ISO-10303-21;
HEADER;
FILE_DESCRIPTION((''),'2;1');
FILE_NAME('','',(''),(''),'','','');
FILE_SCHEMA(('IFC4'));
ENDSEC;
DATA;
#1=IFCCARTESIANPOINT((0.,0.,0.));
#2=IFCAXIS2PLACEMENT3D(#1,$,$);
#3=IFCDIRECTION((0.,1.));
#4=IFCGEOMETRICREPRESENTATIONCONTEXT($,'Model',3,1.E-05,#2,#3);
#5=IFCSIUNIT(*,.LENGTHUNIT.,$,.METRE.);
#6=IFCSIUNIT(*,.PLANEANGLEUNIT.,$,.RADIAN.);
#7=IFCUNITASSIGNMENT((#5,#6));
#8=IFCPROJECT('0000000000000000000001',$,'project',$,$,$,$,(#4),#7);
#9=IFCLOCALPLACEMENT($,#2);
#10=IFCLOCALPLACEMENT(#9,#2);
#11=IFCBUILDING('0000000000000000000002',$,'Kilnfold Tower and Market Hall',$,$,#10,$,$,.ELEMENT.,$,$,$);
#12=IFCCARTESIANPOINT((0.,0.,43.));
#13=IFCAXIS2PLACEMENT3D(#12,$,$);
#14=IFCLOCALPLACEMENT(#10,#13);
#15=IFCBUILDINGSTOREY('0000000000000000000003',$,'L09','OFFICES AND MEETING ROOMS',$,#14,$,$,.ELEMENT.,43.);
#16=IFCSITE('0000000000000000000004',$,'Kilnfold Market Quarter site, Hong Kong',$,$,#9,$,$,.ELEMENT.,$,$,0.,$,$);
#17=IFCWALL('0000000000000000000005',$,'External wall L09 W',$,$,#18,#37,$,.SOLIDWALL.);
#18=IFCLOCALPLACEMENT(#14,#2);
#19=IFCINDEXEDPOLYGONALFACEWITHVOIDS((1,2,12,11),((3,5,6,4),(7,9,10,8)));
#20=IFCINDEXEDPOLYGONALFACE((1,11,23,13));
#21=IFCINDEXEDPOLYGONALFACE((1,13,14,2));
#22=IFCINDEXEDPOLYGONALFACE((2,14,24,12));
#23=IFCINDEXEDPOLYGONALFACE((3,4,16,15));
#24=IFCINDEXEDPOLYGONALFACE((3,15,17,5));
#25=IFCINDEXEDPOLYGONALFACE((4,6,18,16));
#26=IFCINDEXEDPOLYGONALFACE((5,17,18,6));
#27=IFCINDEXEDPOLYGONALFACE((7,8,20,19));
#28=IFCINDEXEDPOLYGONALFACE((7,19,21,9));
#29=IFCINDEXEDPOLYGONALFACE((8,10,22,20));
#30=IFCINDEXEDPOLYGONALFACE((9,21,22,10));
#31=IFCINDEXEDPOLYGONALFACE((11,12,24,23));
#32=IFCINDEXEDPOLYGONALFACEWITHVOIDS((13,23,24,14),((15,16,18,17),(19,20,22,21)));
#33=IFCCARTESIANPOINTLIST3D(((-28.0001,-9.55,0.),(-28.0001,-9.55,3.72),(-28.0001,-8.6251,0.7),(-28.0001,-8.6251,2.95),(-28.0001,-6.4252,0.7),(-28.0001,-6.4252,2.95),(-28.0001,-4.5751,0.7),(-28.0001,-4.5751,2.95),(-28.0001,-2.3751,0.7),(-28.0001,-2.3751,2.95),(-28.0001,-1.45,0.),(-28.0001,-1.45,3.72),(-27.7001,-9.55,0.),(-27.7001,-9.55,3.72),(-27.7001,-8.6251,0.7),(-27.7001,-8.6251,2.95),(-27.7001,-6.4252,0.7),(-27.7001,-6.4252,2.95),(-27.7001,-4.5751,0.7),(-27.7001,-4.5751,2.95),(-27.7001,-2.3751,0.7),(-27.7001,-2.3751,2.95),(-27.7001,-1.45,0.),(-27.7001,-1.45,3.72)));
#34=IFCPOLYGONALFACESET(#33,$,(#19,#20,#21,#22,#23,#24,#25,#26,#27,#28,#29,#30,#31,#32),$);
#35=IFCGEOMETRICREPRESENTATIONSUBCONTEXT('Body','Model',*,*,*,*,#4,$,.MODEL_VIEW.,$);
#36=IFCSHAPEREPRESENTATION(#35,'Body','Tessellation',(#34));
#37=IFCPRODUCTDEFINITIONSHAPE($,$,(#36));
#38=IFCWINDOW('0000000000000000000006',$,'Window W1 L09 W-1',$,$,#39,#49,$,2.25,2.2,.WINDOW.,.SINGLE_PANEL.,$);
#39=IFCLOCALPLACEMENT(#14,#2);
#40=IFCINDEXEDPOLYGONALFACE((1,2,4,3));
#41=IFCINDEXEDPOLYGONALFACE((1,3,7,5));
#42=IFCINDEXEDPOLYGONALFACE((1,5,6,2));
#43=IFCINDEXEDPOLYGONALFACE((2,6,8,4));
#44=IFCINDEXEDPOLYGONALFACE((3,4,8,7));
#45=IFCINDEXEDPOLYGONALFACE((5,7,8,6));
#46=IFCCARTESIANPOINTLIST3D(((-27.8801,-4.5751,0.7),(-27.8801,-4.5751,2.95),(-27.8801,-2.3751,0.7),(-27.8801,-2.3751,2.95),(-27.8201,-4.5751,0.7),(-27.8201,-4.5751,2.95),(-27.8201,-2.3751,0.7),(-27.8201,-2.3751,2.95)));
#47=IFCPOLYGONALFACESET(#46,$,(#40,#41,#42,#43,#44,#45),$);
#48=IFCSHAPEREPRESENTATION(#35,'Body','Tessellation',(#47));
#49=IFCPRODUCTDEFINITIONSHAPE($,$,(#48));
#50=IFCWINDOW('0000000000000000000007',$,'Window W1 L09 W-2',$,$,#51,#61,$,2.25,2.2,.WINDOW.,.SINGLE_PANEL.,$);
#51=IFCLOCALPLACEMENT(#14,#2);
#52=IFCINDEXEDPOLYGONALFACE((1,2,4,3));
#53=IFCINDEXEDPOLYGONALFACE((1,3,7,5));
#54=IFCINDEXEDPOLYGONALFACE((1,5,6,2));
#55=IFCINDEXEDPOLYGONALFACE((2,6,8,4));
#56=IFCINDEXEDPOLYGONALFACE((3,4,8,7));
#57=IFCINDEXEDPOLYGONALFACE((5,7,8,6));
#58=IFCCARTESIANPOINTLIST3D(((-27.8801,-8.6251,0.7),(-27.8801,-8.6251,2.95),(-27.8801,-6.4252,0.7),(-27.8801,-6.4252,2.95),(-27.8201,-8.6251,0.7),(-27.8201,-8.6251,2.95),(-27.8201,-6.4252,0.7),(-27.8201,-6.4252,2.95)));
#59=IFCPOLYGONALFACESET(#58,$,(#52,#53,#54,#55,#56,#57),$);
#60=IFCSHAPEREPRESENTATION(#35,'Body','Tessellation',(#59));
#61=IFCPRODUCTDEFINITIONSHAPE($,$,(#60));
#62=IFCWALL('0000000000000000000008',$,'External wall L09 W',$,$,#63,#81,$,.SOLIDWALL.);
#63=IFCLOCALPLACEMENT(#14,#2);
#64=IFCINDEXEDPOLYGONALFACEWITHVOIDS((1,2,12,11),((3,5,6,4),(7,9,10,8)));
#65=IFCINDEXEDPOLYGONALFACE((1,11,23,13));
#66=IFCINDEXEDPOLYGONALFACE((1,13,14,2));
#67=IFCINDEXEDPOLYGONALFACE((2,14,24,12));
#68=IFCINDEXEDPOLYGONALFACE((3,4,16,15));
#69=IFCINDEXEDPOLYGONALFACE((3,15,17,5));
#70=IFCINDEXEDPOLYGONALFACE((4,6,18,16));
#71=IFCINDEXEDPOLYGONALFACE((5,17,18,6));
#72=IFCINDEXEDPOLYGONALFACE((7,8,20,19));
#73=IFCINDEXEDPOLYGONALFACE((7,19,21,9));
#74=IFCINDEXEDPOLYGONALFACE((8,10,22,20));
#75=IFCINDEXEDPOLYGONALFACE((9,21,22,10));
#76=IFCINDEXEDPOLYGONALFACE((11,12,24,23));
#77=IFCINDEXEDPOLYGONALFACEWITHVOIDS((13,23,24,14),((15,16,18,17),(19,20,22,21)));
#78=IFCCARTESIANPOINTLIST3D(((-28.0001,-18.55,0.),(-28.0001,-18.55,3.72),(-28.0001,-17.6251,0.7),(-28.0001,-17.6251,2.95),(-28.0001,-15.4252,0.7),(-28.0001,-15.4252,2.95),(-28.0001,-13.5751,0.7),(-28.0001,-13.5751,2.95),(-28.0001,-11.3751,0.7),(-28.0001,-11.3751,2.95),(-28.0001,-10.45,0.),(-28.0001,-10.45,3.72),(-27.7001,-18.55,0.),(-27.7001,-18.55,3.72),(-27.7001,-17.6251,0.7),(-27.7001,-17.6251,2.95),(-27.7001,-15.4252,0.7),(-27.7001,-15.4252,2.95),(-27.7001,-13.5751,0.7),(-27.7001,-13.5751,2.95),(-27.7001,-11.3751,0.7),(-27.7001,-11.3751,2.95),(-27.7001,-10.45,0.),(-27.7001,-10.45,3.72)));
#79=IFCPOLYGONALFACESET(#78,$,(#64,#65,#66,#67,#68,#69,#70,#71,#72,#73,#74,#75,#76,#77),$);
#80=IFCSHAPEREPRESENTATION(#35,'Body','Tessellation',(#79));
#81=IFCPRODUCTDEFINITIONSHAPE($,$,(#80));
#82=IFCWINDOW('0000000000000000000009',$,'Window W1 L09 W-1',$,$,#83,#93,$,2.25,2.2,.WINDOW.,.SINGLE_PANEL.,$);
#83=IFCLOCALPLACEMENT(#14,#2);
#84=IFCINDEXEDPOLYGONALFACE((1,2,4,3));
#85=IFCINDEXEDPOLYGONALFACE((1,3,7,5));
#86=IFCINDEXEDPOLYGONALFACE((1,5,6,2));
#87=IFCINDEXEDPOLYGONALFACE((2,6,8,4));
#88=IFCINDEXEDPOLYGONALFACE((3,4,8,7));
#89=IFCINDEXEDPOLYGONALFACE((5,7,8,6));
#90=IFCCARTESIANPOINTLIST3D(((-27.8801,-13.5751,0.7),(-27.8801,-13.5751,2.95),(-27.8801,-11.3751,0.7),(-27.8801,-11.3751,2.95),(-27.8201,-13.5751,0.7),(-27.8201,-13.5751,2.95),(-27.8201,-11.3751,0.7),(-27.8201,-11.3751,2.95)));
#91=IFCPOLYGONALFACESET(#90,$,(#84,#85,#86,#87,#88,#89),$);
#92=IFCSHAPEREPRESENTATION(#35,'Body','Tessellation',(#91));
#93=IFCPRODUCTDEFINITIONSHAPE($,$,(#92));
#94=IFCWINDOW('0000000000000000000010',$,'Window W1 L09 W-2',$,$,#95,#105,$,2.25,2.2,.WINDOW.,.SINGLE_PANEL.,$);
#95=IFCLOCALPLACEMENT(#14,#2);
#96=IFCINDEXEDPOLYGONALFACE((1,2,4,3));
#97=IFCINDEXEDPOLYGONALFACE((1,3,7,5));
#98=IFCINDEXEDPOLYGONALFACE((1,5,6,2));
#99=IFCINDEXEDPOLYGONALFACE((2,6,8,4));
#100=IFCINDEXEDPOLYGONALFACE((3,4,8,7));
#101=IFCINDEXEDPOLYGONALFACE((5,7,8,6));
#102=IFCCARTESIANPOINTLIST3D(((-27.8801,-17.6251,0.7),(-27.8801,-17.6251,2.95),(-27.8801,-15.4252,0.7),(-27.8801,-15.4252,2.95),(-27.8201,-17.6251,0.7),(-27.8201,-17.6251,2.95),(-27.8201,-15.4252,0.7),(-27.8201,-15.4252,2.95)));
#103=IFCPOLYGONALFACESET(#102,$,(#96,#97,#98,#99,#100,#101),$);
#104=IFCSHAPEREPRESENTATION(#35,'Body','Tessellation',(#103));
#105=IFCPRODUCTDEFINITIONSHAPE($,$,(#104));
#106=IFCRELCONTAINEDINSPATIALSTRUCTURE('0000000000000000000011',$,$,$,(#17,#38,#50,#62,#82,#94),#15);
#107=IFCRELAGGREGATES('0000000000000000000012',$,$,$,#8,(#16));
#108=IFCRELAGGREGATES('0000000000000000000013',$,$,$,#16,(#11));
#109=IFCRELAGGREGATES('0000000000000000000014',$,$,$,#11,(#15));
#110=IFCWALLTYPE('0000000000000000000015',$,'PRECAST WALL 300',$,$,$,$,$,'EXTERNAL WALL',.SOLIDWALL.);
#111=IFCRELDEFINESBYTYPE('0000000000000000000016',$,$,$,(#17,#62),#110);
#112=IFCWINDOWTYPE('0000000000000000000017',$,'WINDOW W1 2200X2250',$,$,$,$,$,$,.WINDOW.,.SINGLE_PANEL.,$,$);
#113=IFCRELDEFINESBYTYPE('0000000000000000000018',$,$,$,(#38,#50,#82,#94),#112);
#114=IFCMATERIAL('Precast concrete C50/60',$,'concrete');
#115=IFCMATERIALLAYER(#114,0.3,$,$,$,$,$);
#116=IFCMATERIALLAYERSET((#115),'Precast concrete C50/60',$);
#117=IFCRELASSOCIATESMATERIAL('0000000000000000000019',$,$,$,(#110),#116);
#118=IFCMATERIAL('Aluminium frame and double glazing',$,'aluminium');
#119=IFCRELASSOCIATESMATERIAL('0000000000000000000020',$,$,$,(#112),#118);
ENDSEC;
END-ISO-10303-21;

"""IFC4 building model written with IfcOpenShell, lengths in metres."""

from ifc_helpers import new_model, si_unit, direction, frame, frame_2d, origin, place, context, subcontext, project, spatial, rectangle, extrude, source, transform, mapped, material, layer, layer_set, type_object, element, fill, save


model = new_model("IFC4")

# Units and contexts
model_context = context("Model", 3, precision=1e-05, world=origin(), true_north=direction((0.0, 1.0)))
body_context = subcontext(model_context, "Body", "Model", "MODEL_VIEW")
ifc_project = project(units=[si_unit("LENGTHUNIT", "METRE"), si_unit("PLANEANGLEUNIT", "RADIAN")], contexts=[model_context])

# Site, building, storey
site_placement = place(None, origin())
site = spatial("IfcSite", under=ifc_project, at=site_placement, Name="Kilnfold Market Quarter site, Hong Kong", CompositionType="ELEMENT", RefElevation=0.0)
building_placement = place(site_placement, origin())
building = spatial("IfcBuilding", under=site, at=building_placement, Name="Kilnfold Tower and Market Hall", CompositionType="ELEMENT")
storey_placement = place(building_placement, frame((0.0, 0.0, 43.0)))
storey = spatial("IfcBuildingStorey", under=building, at=storey_placement, Name="L09", Description="OFFICES AND MEETING ROOMS", CompositionType="ELEMENT", Elevation=43.0)

# Walls, openings, windows
ifc_material_1 = material(Name="Precast concrete C50/60", Category="concrete")
ifc_layer_1 = layer(ifc_material_1, 0.3)
ifc_layer_set_1 = layer_set([ifc_layer_1], Name="Precast concrete C50/60")
wall_type_1 = type_object("IfcWallType", Name="PRECAST WALL 300", ElementType="EXTERNAL WALL", PredefinedType="SOLIDWALL", material=ifc_layer_set_1)
shared_shape_1 = source(origin(), body_context, "Body", "SweptSolid", [
    extrude(rectangle(XDim=8.1001, YDim=0.3, at=frame_2d((4.05, 0.0))), origin(), (0.0, 0.0, 1.0), 3.72),
])
wall_1_placement = place(storey_placement, frame((-27.8501, -1.45, 0.0), z_axis=(0.0, 0.0, 1.0), x_axis=(0.0, -1.0, 0.0)))
wall_1 = element("IfcWall", 1, at=wall_1_placement, inside=storey, type_object=wall_type_1, Name="External wall L09 W", PredefinedType="SOLIDWALL", context=body_context, shape_type="MappedRepresentation", body=[
    mapped(shared_shape_1, transform((0.0, 0.0, 0.0))),
])
opening_1_placement = place(wall_1_placement, frame((0.925, 0.0, 0.7)))
opening_1 = element("IfcOpeningElement", 2, at=opening_1_placement, cuts=wall_1, PredefinedType="OPENING", context=body_context, shape_type="SweptSolid", body=[
    extrude(rectangle(XDim=2.2, YDim=2.25, at=frame_2d((1.1001, 1.125))), frame((0.0, 0.1602, 0.0), z_axis=(0.0, -1.0, 0.0), x_axis=(1.0, 0.0, 0.0)), (0.0, 0.0, 1.0), 0.3201),
])
opening_2_placement = place(wall_1_placement, frame((4.9751, 0.0, 0.7)))
opening_2 = element("IfcOpeningElement", 3, at=opening_2_placement, cuts=wall_1, PredefinedType="OPENING", context=body_context, shape_type="SweptSolid", body=[
    extrude(rectangle(XDim=2.2, YDim=2.25, at=frame_2d((1.1001, 1.125))), frame((0.0, 0.1602, 0.0), z_axis=(0.0, -1.0, 0.0), x_axis=(1.0, 0.0, 0.0)), (0.0, 0.0, 1.0), 0.3201),
])
ifc_material_2 = material(Name="Aluminium frame and double glazing", Category="aluminium")
window_type = type_object("IfcWindowType", Name="WINDOW W1 2200X2250", PartitioningType="SINGLE_PANEL", PredefinedType="WINDOW", material=ifc_material_2)
window_1_placement = place(opening_1_placement, origin())
window_1 = element("IfcWindow", 4, at=window_1_placement, inside=storey, type_object=window_type, Name="Window W1 L09 W-1", OverallHeight=2.25, OverallWidth=2.2, PartitioningType="SINGLE_PANEL", PredefinedType="WINDOW", context=body_context, shape_type="SweptSolid", body=[
    extrude(rectangle(XDim=2.2, YDim=2.25, at=frame_2d((1.1001, 1.125))), frame((0.0, 0.03, 0.0), z_axis=(0.0, -1.0, 0.0), x_axis=(1.0, 0.0, 0.0)), (0.0, 0.0, 1.0), 0.0601),
])
fill(opening_1, window_1)
window_2_placement = place(opening_2_placement, origin())
window_2 = element("IfcWindow", 5, at=window_2_placement, inside=storey, type_object=window_type, Name="Window W1 L09 W-2", OverallHeight=2.25, OverallWidth=2.2, PartitioningType="SINGLE_PANEL", PredefinedType="WINDOW", context=body_context, shape_type="SweptSolid", body=[
    extrude(rectangle(XDim=2.2, YDim=2.25, at=frame_2d((1.1001, 1.125))), frame((0.0, 0.03, 0.0), z_axis=(0.0, -1.0, 0.0), x_axis=(1.0, 0.0, 0.0)), (0.0, 0.0, 1.0), 0.0601),
])
fill(opening_2, window_2)
wall_2_placement = place(storey_placement, frame((-27.8501, -10.45, 0.0), z_axis=(0.0, 0.0, 1.0), x_axis=(0.0, -1.0, 0.0)))
wall_2 = element("IfcWall", 6, at=wall_2_placement, inside=storey, type_object=wall_type_1, Name="External wall L09 W", PredefinedType="SOLIDWALL", context=body_context, shape_type="MappedRepresentation", body=[
    mapped(shared_shape_1, transform((0.0, 0.0, 0.0))),
])
opening_3_placement = place(wall_2_placement, frame((0.925, 0.0, 0.7)))
opening_3 = element("IfcOpeningElement", 7, at=opening_3_placement, cuts=wall_2, PredefinedType="OPENING", context=body_context, shape_type="SweptSolid", body=[
    extrude(rectangle(XDim=2.2, YDim=2.25, at=frame_2d((1.1001, 1.125))), frame((0.0, 0.1602, 0.0), z_axis=(0.0, -1.0, 0.0), x_axis=(1.0, 0.0, 0.0)), (0.0, 0.0, 1.0), 0.3201),
])
opening_4_placement = place(wall_2_placement, frame((4.9751, 0.0, 0.7)))
opening_4 = element("IfcOpeningElement", 8, at=opening_4_placement, cuts=wall_2, PredefinedType="OPENING", context=body_context, shape_type="SweptSolid", body=[
    extrude(rectangle(XDim=2.2, YDim=2.25, at=frame_2d((1.1001, 1.125))), frame((0.0, 0.1602, 0.0), z_axis=(0.0, -1.0, 0.0), x_axis=(1.0, 0.0, 0.0)), (0.0, 0.0, 1.0), 0.3201),
])
window_3_placement = place(opening_3_placement, origin())
window_3 = element("IfcWindow", 9, at=window_3_placement, inside=storey, type_object=window_type, Name="Window W1 L09 W-1", OverallHeight=2.25, OverallWidth=2.2, PartitioningType="SINGLE_PANEL", PredefinedType="WINDOW", context=body_context, shape_type="SweptSolid", body=[
    extrude(rectangle(XDim=2.2, YDim=2.25, at=frame_2d((1.1001, 1.125))), frame((0.0, 0.03, 0.0), z_axis=(0.0, -1.0, 0.0), x_axis=(1.0, 0.0, 0.0)), (0.0, 0.0, 1.0), 0.0601),
])
fill(opening_3, window_3)
window_4_placement = place(opening_4_placement, origin())
window_4 = element("IfcWindow", 10, at=window_4_placement, inside=storey, type_object=window_type, Name="Window W1 L09 W-2", OverallHeight=2.25, OverallWidth=2.2, PartitioningType="SINGLE_PANEL", PredefinedType="WINDOW", context=body_context, shape_type="SweptSolid", body=[
    extrude(rectangle(XDim=2.2, YDim=2.25, at=frame_2d((1.1001, 1.125))), frame((0.0, 0.03, 0.0), z_axis=(0.0, -1.0, 0.0), x_axis=(1.0, 0.0, 0.0)), (0.0, 0.0, 1.0), 0.0601),
])
fill(opening_4, window_4)

save(model, "model.ifc")
